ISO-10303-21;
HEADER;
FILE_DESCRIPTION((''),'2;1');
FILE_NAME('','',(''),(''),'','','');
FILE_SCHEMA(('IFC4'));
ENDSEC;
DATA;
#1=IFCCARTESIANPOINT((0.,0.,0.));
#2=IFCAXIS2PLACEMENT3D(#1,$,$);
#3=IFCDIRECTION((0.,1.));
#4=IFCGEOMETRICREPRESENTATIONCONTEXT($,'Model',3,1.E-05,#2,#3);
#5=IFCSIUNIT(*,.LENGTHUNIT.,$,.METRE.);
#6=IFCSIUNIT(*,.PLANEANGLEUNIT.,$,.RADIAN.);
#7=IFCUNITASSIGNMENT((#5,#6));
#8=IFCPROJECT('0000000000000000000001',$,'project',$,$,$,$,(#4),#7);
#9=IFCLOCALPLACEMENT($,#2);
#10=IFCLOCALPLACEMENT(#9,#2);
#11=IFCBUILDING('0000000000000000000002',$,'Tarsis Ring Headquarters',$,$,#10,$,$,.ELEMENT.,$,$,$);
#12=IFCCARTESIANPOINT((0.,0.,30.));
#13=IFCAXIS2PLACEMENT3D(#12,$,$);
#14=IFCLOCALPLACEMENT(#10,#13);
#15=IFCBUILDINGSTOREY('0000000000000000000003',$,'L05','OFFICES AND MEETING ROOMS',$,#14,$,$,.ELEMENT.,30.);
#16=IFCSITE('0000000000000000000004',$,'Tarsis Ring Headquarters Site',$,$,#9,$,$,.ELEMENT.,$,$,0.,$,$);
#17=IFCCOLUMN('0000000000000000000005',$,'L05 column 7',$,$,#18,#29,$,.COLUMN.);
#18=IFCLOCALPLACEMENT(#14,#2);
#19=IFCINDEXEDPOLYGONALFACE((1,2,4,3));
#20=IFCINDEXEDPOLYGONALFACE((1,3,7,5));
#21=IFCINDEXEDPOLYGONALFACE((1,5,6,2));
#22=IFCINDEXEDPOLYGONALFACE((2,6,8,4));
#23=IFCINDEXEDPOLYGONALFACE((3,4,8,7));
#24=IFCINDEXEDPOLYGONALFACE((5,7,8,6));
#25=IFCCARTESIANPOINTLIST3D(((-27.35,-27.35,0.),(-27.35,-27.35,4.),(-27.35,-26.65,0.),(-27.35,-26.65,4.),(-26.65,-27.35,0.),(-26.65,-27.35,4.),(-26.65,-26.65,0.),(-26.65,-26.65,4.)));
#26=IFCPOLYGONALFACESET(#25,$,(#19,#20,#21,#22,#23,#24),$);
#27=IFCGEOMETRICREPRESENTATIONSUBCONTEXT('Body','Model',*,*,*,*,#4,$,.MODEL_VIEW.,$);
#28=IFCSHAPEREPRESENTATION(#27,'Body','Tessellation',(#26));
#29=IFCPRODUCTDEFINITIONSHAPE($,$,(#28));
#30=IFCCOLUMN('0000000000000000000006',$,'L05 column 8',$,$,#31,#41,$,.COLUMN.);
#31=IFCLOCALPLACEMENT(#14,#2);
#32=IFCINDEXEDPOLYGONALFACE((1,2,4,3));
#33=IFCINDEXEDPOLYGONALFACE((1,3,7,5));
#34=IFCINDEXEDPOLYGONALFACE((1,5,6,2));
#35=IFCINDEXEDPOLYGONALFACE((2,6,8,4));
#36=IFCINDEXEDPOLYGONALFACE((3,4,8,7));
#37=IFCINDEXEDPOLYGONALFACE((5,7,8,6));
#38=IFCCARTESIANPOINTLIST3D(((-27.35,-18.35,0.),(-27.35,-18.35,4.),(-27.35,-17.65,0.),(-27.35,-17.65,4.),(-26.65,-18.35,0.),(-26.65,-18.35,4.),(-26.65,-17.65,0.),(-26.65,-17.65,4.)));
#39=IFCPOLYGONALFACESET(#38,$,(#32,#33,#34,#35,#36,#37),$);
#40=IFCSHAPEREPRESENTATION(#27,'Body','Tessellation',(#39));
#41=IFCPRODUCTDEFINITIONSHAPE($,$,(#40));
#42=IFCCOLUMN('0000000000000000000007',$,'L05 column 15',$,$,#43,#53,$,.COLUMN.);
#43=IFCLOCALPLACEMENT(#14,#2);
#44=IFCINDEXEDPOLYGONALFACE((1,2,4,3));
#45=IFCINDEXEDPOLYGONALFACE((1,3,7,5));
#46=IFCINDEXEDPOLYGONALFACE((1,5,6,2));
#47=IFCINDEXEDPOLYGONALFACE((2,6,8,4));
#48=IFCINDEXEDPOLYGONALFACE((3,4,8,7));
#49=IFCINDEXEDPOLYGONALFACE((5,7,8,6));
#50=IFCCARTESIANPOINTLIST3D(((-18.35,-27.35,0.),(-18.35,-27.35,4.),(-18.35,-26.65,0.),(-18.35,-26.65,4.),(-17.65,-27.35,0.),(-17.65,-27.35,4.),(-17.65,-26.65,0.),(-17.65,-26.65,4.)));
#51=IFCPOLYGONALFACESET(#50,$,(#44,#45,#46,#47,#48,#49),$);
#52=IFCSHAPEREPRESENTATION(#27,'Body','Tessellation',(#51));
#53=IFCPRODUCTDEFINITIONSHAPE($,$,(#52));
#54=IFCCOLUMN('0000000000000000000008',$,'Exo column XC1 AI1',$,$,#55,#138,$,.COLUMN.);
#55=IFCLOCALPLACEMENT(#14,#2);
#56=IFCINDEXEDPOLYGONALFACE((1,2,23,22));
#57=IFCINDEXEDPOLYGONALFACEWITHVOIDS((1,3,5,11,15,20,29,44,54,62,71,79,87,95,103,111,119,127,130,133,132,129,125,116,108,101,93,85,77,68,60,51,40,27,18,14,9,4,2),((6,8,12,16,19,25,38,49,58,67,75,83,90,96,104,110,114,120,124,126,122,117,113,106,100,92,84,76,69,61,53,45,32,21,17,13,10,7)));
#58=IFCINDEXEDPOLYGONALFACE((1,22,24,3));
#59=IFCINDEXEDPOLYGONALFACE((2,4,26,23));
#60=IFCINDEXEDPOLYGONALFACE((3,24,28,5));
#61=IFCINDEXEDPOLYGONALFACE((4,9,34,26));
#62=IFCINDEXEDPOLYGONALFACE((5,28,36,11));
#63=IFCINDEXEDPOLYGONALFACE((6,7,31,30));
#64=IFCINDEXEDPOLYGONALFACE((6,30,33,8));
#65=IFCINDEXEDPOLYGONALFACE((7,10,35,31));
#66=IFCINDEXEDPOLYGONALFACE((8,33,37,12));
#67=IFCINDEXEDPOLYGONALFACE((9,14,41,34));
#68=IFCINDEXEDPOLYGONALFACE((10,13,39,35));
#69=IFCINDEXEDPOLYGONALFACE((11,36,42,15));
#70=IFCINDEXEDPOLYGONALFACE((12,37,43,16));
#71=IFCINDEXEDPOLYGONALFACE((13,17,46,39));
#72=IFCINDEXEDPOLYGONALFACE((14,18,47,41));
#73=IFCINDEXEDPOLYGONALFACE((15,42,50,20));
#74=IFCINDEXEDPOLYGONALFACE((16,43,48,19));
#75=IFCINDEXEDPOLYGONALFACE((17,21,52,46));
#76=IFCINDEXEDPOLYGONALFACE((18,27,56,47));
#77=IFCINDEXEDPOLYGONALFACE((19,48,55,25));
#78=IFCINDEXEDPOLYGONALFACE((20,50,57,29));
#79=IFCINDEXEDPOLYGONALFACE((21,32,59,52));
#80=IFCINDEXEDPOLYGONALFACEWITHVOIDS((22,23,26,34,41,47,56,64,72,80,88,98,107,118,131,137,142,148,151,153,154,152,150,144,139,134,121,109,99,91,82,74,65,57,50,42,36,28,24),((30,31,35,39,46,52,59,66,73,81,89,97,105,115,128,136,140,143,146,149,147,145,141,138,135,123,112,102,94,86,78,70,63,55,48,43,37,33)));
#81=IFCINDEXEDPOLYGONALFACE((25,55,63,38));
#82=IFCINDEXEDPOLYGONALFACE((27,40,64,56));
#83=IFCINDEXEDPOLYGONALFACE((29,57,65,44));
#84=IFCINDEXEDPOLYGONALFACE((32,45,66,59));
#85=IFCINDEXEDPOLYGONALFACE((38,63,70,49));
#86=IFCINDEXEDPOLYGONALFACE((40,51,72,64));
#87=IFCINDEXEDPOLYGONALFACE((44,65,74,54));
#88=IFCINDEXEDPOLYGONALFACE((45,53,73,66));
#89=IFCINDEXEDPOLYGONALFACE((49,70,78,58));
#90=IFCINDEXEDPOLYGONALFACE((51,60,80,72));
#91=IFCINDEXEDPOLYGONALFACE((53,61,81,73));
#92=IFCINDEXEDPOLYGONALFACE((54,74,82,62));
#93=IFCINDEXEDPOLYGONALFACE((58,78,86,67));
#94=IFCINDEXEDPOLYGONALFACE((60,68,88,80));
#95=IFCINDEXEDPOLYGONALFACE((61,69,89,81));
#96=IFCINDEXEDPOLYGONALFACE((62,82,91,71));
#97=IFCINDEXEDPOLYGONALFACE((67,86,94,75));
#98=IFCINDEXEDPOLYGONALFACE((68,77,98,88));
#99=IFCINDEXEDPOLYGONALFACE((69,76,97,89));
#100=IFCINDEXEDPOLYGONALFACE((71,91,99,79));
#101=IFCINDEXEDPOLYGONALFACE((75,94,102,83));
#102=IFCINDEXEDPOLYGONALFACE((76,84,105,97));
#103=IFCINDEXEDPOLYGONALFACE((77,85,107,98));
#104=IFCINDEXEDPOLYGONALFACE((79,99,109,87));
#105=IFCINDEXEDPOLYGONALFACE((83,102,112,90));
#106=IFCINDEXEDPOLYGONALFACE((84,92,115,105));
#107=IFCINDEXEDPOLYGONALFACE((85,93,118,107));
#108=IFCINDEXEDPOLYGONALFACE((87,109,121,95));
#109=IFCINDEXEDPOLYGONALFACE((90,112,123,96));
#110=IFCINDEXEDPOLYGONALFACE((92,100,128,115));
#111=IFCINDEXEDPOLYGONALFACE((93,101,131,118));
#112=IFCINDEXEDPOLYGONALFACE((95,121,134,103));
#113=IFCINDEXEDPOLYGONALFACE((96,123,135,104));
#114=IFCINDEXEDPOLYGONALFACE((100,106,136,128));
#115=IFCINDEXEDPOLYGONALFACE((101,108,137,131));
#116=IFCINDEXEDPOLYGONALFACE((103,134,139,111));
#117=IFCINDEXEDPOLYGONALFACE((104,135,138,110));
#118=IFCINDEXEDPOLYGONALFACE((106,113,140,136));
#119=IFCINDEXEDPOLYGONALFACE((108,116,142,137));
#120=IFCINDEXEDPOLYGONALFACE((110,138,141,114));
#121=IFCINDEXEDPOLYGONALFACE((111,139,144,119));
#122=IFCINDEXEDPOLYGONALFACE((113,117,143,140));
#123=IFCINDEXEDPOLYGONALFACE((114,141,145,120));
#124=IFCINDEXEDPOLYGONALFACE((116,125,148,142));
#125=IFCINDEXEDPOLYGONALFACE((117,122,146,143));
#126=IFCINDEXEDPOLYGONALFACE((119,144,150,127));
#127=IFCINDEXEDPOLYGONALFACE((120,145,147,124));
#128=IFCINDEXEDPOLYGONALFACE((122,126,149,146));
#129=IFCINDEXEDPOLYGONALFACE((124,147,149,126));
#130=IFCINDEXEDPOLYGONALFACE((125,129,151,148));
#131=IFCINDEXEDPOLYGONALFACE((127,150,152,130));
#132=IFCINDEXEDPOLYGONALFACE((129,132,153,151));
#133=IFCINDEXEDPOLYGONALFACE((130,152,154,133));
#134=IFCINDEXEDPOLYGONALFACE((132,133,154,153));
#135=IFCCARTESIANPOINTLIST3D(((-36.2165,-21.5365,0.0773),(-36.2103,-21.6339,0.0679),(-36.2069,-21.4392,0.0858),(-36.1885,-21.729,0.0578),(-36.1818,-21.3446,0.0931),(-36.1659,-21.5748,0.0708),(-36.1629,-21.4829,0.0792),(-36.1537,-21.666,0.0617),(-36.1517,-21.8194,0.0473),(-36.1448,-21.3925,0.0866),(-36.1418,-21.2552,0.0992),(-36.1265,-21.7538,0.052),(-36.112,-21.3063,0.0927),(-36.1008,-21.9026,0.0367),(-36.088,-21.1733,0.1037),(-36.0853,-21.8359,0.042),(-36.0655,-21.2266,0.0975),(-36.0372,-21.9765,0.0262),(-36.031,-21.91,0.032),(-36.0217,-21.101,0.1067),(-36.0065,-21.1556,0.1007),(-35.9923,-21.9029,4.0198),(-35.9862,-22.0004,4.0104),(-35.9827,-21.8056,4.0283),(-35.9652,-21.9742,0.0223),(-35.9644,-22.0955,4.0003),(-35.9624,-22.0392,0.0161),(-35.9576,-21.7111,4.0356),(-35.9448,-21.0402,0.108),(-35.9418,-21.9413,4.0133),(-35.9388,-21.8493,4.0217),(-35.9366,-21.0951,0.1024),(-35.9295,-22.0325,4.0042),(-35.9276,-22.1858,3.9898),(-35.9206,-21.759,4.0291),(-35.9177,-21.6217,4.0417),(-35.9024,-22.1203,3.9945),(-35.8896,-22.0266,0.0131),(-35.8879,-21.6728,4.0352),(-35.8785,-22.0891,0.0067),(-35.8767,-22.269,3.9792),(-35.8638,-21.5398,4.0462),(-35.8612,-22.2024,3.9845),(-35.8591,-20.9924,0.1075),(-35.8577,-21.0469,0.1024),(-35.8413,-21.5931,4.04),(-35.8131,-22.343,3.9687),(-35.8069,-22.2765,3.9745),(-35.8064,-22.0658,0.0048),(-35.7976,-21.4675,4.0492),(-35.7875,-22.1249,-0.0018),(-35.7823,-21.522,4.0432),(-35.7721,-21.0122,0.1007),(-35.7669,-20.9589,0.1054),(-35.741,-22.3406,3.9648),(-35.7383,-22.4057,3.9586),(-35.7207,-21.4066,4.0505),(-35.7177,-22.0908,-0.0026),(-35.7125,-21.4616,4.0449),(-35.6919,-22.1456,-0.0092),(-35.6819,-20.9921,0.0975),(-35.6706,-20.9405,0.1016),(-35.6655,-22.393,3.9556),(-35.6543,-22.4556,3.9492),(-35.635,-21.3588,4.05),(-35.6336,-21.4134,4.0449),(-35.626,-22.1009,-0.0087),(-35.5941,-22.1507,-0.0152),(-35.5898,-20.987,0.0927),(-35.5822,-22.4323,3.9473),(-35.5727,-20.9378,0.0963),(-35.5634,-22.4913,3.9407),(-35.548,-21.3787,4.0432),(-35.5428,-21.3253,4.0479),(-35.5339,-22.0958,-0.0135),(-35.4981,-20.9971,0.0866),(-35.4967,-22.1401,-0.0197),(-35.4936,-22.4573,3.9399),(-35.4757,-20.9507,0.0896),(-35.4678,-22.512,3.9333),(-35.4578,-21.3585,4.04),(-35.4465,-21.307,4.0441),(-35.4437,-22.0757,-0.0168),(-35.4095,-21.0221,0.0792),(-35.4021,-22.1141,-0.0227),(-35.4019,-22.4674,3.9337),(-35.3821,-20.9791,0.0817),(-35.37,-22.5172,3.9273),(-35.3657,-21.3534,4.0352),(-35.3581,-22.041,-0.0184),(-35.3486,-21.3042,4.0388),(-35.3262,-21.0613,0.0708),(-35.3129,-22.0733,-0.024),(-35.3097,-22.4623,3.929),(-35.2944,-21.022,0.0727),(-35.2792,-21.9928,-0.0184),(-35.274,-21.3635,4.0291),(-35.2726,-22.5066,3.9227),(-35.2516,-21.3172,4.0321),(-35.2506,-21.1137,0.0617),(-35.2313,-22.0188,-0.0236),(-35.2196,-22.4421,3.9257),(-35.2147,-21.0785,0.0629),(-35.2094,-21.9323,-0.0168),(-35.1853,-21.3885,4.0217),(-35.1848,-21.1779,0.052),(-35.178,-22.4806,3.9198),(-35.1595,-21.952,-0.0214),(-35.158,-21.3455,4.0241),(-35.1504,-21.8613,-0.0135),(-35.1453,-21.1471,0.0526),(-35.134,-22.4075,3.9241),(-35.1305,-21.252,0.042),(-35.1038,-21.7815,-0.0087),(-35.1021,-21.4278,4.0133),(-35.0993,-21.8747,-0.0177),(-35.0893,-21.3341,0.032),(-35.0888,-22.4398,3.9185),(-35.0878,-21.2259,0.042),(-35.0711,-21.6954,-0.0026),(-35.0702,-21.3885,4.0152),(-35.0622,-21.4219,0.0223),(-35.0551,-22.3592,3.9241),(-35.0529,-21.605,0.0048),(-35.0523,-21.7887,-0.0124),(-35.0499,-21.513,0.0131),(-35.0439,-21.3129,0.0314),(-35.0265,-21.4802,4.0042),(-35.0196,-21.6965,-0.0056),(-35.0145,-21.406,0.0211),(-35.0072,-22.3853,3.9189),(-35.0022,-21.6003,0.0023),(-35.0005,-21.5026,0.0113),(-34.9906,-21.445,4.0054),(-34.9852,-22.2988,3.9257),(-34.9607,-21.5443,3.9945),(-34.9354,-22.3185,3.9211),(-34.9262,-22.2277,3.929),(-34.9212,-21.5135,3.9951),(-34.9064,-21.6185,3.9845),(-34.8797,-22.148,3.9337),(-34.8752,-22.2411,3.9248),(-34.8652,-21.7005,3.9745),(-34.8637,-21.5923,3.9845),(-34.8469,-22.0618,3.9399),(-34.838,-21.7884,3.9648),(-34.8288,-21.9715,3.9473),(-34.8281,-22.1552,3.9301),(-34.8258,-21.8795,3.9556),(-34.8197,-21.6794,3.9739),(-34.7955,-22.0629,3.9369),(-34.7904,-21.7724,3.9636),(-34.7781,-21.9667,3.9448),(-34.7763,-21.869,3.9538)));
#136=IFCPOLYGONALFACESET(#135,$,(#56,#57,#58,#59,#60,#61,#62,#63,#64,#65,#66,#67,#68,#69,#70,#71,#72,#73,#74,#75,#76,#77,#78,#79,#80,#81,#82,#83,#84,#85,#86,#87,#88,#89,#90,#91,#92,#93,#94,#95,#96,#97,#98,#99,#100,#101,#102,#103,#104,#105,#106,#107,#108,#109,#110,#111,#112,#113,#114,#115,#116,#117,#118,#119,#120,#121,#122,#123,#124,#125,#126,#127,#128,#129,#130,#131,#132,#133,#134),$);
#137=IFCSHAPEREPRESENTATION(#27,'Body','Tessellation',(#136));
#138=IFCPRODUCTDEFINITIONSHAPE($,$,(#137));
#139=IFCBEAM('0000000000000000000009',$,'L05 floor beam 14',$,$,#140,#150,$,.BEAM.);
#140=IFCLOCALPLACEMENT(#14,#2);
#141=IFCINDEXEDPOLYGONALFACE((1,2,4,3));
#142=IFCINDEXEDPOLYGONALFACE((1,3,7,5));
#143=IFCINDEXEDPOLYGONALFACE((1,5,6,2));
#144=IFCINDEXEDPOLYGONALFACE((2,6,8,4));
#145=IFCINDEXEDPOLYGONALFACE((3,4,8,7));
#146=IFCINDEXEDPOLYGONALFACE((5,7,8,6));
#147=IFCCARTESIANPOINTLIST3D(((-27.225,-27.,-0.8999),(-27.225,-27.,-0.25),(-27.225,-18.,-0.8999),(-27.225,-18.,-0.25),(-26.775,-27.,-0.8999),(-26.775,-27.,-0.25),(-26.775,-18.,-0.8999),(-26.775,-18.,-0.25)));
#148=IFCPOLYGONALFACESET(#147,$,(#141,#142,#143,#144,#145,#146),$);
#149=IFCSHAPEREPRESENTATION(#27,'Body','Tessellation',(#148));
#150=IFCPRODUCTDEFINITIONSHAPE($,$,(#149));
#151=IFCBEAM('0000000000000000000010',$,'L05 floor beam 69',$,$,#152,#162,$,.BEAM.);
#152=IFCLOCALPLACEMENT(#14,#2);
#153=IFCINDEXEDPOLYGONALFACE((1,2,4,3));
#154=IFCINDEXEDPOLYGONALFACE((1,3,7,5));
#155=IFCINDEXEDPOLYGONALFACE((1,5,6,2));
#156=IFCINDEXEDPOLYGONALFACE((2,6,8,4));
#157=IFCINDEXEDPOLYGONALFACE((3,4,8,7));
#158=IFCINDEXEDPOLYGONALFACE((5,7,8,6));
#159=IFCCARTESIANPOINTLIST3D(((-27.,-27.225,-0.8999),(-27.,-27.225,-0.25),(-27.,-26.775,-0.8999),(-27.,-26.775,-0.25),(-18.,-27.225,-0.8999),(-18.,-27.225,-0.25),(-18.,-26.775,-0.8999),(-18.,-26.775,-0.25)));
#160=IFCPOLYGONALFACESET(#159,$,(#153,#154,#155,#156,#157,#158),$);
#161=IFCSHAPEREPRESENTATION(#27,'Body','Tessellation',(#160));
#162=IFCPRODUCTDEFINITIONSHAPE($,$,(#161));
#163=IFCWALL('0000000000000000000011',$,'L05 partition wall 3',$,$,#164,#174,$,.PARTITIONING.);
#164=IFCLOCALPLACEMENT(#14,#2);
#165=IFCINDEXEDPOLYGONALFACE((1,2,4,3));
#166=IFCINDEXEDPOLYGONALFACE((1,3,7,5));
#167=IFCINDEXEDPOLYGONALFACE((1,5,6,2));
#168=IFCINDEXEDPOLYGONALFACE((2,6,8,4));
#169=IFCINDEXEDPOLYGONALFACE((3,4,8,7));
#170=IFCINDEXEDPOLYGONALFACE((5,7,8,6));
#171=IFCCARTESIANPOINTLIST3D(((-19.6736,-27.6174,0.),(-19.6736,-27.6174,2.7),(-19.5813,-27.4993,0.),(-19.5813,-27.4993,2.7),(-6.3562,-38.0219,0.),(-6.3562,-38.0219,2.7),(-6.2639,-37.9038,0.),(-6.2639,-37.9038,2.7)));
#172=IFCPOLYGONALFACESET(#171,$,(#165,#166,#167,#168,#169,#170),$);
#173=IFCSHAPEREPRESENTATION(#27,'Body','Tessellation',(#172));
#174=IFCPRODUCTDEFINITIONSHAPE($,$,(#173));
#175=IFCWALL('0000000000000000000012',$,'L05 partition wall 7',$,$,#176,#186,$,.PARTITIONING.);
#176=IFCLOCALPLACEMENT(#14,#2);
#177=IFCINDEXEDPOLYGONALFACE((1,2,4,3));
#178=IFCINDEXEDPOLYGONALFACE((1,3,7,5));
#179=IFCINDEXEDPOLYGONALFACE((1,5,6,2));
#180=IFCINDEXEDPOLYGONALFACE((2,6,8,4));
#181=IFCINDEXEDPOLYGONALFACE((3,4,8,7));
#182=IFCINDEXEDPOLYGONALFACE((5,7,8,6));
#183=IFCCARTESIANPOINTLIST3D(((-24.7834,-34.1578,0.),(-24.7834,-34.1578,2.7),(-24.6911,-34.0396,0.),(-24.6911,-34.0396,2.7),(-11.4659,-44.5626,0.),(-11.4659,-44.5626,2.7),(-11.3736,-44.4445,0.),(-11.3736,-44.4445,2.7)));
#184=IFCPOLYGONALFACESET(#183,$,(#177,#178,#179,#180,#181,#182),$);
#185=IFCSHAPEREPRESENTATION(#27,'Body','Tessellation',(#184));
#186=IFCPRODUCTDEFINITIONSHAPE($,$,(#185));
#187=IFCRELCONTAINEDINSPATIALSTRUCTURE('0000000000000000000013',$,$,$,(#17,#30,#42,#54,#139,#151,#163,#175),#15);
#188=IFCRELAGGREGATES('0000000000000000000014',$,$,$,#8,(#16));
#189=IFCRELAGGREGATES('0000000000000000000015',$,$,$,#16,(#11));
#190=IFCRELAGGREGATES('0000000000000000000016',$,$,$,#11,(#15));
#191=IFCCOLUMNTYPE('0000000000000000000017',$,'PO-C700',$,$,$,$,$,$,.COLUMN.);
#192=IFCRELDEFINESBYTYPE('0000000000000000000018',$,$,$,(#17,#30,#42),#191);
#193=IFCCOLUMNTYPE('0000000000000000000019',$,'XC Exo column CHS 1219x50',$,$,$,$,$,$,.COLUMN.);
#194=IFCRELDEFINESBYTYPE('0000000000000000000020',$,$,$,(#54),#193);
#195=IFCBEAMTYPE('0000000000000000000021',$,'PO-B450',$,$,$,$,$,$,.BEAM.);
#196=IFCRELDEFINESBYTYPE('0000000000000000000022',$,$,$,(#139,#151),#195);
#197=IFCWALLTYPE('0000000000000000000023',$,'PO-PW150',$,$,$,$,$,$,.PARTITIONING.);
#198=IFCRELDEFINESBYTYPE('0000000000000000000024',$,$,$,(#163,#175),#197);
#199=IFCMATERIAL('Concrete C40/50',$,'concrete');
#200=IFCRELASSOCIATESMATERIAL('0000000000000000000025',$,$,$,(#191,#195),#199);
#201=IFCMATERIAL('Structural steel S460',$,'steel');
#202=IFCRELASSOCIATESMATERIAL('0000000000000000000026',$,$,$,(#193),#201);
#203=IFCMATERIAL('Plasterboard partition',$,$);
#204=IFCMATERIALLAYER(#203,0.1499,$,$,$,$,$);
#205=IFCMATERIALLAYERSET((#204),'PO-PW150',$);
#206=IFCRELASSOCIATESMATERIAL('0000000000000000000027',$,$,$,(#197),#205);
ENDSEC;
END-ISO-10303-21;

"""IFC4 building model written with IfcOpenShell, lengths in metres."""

from ifc_helpers import new_model, si_unit, direction, frame, frame_2d, origin, origin_2d, place, context, subcontext, project, spatial, rectangle, hollow_circle, extrude, material, layer, layer_set, material_profile, profile_set, type_object, element, save


model = new_model("IFC4")

# Units and contexts
model_context = context("Model", 3, precision=1e-05, world=origin(), true_north=direction((0.0, 1.0)))
body_context = subcontext(model_context, "Body", "Model", "MODEL_VIEW")
ifc_project = project(units=[si_unit("LENGTHUNIT", "METRE"), si_unit("PLANEANGLEUNIT", "RADIAN")], contexts=[model_context])

# Site, building, storey
site_placement = place(None, origin())
site = spatial("IfcSite", under=ifc_project, at=site_placement, Name="Tarsis Ring Headquarters Site", CompositionType="ELEMENT", RefElevation=0.0)
building_placement = place(site_placement, origin())
building = spatial("IfcBuilding", under=site, at=building_placement, Name="Tarsis Ring Headquarters", CompositionType="ELEMENT")
storey_placement = place(building_placement, frame((0.0, 0.0, 30.0)))
storey = spatial("IfcBuildingStorey", under=building, at=storey_placement, Name="L05", Description="OFFICES AND MEETING ROOMS", CompositionType="ELEMENT", Elevation=30.0)

# Columns
ifc_material_1 = material(Name="Concrete C40/50", Category="concrete")
ifc_material_profile_1 = material_profile(ifc_material_1, rectangle(XDim=0.7, YDim=0.7, at=origin_2d()), Name="PO-C700")
ifc_profile_set_1 = profile_set([ifc_material_profile_1], Name="Concrete C40/50")
column_type_1 = type_object("IfcColumnType", Name="PO-C700", PredefinedType="COLUMN", material=ifc_profile_set_1)
for number, where, z_axis, x_axis, name in (
    (1, (-27.0, -27.0, 0.0), (0.0, 0.0, 1.0), (1.0, 0.0, 0.0), "L05 column 7"),
    (2, (-27.0, -18.0, 0.0), (0.0, 0.0, 1.0), (1.0, 0.0, 0.0), "L05 column 8"),
    (3, (-18.0, -27.0, 0.0), (0.0, 0.0, 1.0), (1.0, 0.0, 0.0), "L05 column 15"),
):
    element("IfcColumn", number, at=place(storey_placement, frame(where, z_axis=z_axis, x_axis=x_axis)), inside=storey, type_object=column_type_1, Name=name, PredefinedType="COLUMN", context=body_context, shape_type="SweptSolid", body=[
        extrude(rectangle(XDim=0.7, YDim=0.7, at=origin_2d()), origin(), (0.0, 0.0, 1.0), 4.0),
    ])
ifc_material_2 = material(Name="Structural steel S460", Category="steel")
ifc_material_profile_2 = material_profile(ifc_material_2, hollow_circle(Radius=0.6096, WallThickness=0.05, at=origin_2d()), Name="CHS 1219x50")
ifc_profile_set_2 = profile_set([ifc_material_profile_2], Name="Structural steel S460")
column_type_2 = type_object("IfcColumnType", Name="XC Exo column CHS 1219x50", PredefinedType="COLUMN", material=ifc_profile_set_2)
column_placement = place(storey_placement, frame((-35.6079, -21.5439, 0.042), z_axis=(0.056515, -0.092406, 0.994116), x_axis=(0.853099, 0.521749, 0.0)))
element("IfcColumn", 4, at=column_placement, inside=storey, type_object=column_type_2, Name="Exo column XC1 AI1", PredefinedType="COLUMN", context=body_context, shape_type="SweptSolid", body=[
    extrude(hollow_circle(Radius=0.6096, WallThickness=0.05, at=origin_2d()), origin(), (0.0, 0.0, 1.0), 3.9658),
])

# Beams
ifc_material_profile_3 = material_profile(ifc_material_1, rectangle(XDim=0.45, YDim=0.6499, at=origin_2d()), Name="PO-B450")
ifc_profile_set_3 = profile_set([ifc_material_profile_3], Name="Concrete C40/50")
beam_type = type_object("IfcBeamType", Name="PO-B450", PredefinedType="BEAM", material=ifc_profile_set_3)
for number, where, z_axis, x_axis, name in (
    (5, (-27.0, -27.0, -0.575), (0.0, 1.0, 0.0), (-1.0, 0.0, 0.0), "L05 floor beam 14"),
    (6, (-27.0, -27.0, -0.575), (1.0, 0.0, 0.0), (0.0, 1.0, 0.0), "L05 floor beam 69"),
):
    element("IfcBeam", number, at=place(storey_placement, frame(where, z_axis=z_axis, x_axis=x_axis)), inside=storey, type_object=beam_type, Name=name, PredefinedType="BEAM", context=body_context, shape_type="SweptSolid", body=[
        extrude(rectangle(XDim=0.45, YDim=0.6499, at=origin_2d()), origin(), (0.0, 0.0, 1.0), 9.0),
    ])

# Walls
ifc_material_3 = material(Name="Plasterboard partition")
ifc_layer_1 = layer(ifc_material_3, 0.1499)
ifc_layer_set_1 = layer_set([ifc_layer_1], Name="PO-PW150")
wall_type_1 = type_object("IfcWallType", Name="PO-PW150", PredefinedType="PARTITIONING", material=ifc_layer_set_1)
wall_1_placement = place(storey_placement, frame((-19.6274, -27.5583, 0.0), z_axis=(0.0, 0.0, 1.0), x_axis=(0.788015, -0.615656, 0.0)))
element("IfcWall", 7, at=wall_1_placement, inside=storey, type_object=wall_type_1, Name="L05 partition wall 3", PredefinedType="PARTITIONING", context=body_context, shape_type="SweptSolid", body=[
    extrude(rectangle(XDim=16.8999, YDim=0.1499, at=frame_2d((8.45, 0.0))), origin(), (0.0, 0.0, 1.0), 2.7),
])
wall_2_placement = place(storey_placement, frame((-24.7373, -34.0986, 0.0), z_axis=(0.0, 0.0, 1.0), x_axis=(0.788008, -0.615665, 0.0)))
element("IfcWall", 8, at=wall_2_placement, inside=storey, type_object=wall_type_1, Name="L05 partition wall 7", PredefinedType="PARTITIONING", context=body_context, shape_type="SweptSolid", body=[
    extrude(rectangle(XDim=16.9001, YDim=0.1499, at=frame_2d((8.4502, 0.0))), origin(), (0.0, 0.0, 1.0), 2.7),
])

save(model, "model.ifc")
